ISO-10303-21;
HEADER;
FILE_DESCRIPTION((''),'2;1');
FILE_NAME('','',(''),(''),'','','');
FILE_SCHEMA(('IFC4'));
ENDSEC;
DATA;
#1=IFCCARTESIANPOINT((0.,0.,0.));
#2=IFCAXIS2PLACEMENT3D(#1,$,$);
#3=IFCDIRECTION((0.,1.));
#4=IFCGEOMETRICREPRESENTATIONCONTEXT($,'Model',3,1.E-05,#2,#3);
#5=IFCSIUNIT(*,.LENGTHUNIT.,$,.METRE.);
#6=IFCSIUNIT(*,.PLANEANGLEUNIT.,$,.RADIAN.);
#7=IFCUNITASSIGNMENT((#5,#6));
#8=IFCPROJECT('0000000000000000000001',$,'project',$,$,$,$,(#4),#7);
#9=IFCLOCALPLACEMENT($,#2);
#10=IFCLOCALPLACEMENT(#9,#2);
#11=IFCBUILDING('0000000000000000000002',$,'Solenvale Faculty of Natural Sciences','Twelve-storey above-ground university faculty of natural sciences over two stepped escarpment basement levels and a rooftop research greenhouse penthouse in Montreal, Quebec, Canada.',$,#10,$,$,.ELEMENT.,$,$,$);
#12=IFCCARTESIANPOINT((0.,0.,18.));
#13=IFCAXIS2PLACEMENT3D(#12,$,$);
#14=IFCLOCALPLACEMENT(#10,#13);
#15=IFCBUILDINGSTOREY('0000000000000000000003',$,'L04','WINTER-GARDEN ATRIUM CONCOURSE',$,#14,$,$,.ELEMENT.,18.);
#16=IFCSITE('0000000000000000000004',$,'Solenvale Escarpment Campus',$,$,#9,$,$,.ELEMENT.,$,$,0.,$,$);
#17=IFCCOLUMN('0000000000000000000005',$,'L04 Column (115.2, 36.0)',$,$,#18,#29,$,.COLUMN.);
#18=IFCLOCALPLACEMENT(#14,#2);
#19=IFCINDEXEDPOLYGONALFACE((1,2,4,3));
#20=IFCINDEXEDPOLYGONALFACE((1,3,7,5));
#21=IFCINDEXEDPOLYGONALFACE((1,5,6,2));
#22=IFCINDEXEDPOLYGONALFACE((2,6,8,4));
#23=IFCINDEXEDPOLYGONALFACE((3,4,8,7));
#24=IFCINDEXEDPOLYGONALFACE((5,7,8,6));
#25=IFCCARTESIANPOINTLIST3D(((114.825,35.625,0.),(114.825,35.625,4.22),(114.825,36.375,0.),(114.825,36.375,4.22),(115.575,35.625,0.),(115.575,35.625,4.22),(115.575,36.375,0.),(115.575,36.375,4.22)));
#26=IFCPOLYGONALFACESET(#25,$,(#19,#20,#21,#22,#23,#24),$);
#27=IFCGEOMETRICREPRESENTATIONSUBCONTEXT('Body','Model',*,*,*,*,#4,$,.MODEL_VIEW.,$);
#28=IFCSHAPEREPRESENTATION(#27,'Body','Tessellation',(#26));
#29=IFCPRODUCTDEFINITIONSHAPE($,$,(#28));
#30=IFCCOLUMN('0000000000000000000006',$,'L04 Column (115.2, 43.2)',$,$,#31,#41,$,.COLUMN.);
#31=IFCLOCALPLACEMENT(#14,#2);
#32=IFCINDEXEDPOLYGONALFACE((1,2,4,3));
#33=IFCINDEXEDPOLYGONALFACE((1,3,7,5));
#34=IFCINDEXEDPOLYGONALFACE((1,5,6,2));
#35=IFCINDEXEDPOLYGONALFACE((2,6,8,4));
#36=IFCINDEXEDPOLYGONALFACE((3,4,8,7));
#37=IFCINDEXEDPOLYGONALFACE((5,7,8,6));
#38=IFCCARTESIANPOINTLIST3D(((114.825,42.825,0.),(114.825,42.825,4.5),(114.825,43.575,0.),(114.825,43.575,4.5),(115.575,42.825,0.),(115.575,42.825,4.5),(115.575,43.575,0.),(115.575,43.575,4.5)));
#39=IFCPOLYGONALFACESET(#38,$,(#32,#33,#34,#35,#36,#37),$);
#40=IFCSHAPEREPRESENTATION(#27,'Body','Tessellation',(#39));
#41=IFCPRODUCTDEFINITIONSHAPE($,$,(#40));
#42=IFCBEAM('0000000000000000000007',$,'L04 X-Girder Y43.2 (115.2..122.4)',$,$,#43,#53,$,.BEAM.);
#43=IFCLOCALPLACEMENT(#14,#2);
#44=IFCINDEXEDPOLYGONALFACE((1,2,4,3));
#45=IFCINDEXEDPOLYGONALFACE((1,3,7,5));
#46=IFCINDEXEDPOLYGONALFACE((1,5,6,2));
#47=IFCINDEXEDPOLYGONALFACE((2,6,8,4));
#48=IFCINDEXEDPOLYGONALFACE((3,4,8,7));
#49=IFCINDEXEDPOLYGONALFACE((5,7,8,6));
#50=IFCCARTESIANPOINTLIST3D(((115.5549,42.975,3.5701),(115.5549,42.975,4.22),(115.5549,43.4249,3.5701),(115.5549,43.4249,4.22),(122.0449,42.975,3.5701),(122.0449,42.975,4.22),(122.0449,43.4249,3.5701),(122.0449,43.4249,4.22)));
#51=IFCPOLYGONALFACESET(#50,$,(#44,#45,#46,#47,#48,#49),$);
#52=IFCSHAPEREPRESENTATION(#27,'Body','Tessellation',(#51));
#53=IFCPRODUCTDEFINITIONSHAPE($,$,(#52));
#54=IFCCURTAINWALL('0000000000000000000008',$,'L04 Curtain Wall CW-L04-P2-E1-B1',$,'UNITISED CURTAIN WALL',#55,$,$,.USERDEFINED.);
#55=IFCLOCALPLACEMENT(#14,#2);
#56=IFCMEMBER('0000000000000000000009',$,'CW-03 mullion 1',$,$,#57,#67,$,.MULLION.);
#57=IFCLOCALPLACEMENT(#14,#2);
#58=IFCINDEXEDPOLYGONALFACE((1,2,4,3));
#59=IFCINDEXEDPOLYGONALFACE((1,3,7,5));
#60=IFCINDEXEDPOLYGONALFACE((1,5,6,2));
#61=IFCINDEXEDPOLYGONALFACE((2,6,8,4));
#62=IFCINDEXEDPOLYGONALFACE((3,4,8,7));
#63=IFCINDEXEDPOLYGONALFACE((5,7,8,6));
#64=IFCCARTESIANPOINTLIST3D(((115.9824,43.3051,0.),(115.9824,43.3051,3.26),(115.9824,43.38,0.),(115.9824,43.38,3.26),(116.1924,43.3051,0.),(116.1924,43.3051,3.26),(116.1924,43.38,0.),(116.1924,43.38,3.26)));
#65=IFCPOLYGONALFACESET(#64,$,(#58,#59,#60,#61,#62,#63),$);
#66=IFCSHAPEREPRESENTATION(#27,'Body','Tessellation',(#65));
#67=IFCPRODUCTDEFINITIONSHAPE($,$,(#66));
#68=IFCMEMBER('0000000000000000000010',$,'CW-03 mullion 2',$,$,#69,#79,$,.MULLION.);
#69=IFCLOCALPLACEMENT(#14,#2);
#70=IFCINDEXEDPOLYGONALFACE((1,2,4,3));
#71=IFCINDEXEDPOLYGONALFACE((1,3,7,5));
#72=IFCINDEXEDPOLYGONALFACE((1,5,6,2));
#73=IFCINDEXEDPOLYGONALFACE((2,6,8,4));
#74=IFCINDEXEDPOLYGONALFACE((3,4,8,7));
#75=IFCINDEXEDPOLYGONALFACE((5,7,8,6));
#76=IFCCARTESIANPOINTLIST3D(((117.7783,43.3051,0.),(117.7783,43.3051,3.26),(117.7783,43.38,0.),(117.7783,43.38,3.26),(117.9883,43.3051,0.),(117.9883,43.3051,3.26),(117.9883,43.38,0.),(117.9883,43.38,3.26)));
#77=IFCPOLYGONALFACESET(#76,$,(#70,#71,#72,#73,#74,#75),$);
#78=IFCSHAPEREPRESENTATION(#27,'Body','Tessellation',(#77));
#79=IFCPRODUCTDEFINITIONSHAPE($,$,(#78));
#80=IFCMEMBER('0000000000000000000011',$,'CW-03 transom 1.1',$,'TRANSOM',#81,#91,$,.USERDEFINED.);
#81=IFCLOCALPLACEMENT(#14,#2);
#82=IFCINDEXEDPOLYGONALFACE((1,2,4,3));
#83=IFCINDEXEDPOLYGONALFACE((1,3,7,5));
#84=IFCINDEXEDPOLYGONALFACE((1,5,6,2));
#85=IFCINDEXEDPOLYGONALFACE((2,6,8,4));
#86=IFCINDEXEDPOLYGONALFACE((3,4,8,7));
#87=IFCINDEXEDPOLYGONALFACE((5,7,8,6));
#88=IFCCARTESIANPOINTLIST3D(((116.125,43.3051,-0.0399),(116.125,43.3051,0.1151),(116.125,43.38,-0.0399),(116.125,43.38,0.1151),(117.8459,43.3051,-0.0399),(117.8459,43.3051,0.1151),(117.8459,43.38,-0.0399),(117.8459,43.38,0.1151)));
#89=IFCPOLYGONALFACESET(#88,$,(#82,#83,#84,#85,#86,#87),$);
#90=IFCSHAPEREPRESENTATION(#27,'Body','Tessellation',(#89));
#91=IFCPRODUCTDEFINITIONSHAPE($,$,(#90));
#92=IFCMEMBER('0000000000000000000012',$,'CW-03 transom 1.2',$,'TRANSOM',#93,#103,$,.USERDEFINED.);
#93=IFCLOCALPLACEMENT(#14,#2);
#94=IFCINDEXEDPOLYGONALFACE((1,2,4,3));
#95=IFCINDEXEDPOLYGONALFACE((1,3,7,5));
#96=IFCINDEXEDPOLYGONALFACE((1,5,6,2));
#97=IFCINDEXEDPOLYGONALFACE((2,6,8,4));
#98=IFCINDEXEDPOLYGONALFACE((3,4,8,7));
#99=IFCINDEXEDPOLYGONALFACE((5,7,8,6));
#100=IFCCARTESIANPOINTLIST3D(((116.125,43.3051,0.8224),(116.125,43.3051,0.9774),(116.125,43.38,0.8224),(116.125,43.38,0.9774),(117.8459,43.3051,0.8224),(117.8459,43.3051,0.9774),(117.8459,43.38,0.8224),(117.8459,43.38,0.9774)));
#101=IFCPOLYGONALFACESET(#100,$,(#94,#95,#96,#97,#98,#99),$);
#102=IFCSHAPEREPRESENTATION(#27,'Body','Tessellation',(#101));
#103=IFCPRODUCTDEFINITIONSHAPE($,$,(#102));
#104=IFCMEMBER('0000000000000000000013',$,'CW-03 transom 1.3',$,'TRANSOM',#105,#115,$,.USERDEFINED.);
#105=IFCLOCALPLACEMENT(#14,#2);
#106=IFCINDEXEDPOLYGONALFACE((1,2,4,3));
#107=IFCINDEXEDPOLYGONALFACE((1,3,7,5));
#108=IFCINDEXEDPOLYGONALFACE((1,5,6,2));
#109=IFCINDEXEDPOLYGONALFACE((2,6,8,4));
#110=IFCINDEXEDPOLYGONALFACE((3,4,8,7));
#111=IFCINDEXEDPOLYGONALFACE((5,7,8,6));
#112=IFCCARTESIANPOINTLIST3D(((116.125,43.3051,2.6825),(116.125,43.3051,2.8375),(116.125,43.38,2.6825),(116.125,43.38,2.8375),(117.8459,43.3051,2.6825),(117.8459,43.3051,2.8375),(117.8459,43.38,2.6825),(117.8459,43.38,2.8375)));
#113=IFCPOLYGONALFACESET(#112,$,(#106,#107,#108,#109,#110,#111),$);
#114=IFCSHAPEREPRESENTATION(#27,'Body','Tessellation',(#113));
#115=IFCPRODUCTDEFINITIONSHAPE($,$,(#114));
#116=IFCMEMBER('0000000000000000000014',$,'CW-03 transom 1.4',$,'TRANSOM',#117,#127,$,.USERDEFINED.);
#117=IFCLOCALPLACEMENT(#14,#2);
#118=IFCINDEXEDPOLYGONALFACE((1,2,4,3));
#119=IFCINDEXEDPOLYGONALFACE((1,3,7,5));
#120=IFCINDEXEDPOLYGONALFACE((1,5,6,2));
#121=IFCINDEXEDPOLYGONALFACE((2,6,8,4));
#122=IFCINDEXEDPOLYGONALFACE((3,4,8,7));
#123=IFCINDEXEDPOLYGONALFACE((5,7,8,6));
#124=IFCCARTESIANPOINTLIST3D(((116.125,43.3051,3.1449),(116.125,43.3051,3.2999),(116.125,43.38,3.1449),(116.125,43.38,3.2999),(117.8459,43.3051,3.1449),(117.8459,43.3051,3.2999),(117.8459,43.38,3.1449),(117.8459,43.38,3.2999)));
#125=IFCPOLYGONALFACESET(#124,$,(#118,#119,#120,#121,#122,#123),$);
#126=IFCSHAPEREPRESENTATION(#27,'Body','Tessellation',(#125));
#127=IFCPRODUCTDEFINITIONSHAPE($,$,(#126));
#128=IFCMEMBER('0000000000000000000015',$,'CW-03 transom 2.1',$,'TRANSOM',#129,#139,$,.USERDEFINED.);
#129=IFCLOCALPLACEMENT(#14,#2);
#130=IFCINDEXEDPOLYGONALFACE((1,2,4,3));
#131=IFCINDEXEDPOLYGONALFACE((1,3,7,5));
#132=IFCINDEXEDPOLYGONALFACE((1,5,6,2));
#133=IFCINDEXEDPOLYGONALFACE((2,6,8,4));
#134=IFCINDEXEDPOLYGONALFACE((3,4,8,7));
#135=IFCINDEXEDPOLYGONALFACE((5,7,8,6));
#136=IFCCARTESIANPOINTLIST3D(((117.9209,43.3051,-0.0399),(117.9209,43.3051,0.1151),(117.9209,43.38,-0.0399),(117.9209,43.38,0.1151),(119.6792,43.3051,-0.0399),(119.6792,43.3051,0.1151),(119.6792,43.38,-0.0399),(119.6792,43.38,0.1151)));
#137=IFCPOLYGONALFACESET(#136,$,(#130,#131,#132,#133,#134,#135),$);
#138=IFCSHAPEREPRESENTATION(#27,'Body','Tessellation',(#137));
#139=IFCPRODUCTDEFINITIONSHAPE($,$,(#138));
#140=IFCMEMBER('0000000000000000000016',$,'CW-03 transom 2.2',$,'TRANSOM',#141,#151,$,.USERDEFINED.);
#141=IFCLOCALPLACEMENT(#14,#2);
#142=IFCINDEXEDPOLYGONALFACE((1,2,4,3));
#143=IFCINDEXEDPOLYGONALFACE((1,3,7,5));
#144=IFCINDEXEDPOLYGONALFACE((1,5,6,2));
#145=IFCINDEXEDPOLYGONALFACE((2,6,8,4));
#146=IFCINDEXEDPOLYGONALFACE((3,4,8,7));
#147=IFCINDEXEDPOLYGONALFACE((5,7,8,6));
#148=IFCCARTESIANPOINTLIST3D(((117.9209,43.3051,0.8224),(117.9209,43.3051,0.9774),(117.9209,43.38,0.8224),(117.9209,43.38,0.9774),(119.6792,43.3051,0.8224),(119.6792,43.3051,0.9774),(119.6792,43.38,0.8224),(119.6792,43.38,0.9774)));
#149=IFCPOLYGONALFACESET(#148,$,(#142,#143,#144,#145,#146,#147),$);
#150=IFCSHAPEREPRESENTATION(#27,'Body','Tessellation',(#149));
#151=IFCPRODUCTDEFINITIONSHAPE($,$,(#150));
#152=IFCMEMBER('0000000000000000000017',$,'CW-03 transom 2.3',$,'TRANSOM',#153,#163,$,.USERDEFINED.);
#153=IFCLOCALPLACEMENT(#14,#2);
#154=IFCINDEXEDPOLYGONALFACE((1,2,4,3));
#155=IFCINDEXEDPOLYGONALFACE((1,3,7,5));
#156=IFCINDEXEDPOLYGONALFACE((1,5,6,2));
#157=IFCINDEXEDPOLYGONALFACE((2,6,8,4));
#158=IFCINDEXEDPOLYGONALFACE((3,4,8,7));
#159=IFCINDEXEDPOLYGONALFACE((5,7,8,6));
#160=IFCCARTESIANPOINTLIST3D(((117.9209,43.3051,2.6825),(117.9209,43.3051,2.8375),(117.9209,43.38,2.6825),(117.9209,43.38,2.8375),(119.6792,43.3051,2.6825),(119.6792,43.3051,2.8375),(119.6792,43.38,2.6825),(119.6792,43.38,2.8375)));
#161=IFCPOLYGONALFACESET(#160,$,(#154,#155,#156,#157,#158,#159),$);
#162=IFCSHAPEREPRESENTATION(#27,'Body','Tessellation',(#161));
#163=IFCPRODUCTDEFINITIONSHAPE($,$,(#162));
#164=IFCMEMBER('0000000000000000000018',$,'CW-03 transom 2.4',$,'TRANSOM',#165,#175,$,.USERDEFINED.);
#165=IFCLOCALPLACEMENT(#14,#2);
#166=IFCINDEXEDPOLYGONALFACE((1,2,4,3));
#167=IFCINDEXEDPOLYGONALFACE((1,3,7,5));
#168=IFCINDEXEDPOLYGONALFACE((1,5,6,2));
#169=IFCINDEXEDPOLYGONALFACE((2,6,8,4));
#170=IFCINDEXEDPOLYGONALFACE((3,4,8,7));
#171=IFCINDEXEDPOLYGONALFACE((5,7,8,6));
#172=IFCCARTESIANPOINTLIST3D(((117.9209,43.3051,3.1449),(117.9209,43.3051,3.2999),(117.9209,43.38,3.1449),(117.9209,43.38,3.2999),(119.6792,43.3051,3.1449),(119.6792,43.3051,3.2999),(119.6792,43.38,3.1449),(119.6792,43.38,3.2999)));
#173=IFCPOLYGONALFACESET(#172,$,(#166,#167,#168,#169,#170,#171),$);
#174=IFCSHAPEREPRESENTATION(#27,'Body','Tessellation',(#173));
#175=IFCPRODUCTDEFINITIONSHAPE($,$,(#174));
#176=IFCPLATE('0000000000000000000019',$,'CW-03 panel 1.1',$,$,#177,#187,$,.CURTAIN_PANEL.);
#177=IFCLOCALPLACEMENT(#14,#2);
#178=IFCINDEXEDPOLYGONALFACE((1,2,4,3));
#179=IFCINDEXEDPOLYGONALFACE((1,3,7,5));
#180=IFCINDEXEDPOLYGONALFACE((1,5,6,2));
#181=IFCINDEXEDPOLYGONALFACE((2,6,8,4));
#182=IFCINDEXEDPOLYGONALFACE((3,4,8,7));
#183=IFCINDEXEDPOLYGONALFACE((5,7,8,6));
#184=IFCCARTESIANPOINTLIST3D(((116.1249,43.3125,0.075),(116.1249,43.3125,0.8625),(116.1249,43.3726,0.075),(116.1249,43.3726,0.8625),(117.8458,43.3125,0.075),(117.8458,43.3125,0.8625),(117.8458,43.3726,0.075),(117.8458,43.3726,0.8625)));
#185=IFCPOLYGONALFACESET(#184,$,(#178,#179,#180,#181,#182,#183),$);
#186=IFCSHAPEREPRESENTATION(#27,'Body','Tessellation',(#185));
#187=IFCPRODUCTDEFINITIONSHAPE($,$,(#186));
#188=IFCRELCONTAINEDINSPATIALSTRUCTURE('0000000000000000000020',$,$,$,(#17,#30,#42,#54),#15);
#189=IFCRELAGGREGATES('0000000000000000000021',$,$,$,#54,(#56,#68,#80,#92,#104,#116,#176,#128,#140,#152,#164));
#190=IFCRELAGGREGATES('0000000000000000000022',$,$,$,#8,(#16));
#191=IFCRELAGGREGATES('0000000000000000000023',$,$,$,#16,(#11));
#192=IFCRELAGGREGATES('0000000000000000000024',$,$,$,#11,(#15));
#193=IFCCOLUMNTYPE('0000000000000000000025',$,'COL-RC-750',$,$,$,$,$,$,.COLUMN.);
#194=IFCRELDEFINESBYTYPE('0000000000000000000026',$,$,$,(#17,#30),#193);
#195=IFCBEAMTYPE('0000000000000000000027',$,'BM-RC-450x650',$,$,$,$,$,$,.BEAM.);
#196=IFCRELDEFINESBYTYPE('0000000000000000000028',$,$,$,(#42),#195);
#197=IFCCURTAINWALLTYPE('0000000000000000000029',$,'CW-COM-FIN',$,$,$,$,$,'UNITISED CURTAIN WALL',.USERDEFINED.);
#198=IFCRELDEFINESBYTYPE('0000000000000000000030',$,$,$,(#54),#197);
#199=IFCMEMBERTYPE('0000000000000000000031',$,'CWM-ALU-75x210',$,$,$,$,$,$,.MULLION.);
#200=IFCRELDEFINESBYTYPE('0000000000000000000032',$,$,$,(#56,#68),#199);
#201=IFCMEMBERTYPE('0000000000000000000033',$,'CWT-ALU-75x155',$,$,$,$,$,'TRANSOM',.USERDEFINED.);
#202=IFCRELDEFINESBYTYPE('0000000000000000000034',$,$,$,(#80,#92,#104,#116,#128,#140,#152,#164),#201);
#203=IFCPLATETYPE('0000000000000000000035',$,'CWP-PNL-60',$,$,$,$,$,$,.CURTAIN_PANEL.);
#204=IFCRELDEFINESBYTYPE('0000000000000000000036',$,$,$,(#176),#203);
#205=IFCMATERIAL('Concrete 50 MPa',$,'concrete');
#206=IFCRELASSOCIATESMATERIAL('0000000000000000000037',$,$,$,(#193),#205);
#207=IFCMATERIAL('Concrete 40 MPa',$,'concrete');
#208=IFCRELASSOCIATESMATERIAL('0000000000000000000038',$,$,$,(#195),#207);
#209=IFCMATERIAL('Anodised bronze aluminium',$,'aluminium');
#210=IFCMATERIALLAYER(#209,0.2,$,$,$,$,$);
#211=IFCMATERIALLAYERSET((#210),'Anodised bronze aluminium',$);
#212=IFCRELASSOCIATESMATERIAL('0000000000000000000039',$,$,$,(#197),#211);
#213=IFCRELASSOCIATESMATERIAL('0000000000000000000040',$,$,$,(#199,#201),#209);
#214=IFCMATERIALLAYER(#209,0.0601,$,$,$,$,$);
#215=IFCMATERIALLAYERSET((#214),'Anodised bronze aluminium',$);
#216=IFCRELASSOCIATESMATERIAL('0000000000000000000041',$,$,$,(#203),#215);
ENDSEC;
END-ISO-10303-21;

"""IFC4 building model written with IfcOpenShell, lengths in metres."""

from ifc_helpers import new_model, si_unit, direction, frame, origin, origin_2d, place, context, subcontext, project, spatial, rectangle, extrude, material, layer, layer_set, material_profile, profile_set, type_object, element, aggregate, save


model = new_model("IFC4")

# Units and contexts
model_context = context("Model", 3, precision=1e-05, world=origin(), true_north=direction((0.0, 1.0)))
body_context = subcontext(model_context, "Body", "Model", "MODEL_VIEW")
ifc_project = project(units=[si_unit("LENGTHUNIT", "METRE"), si_unit("PLANEANGLEUNIT", "RADIAN")], contexts=[model_context])

# Site, building, storey
site_placement = place(None, origin())
site = spatial("IfcSite", under=ifc_project, at=site_placement, Name="Solenvale Escarpment Campus", CompositionType="ELEMENT", RefElevation=0.0)
building_placement = place(site_placement, origin())
building = spatial("IfcBuilding", under=site, at=building_placement, Name="Solenvale Faculty of Natural Sciences", Description="Twelve-storey above-ground university faculty of natural sciences over two stepped escarpment basement levels and a rooftop research greenhouse penthouse in Montreal, Quebec, Canada.", CompositionType="ELEMENT")
storey_placement = place(building_placement, frame((0.0, 0.0, 18.0)))
storey = spatial("IfcBuildingStorey", under=building, at=storey_placement, Name="L04", Description="WINTER-GARDEN ATRIUM CONCOURSE", CompositionType="ELEMENT", Elevation=18.0)

# Columns
ifc_material_1 = material(Name="Concrete 50 MPa", Category="concrete")
ifc_material_profile_1 = material_profile(ifc_material_1, rectangle(XDim=0.75, YDim=0.75, at=origin_2d()), Name="RC-COL-750x750")
ifc_profile_set_1 = profile_set([ifc_material_profile_1], Name="Concrete 50 MPa")
column_type = type_object("IfcColumnType", Name="COL-RC-750", PredefinedType="COLUMN", material=ifc_profile_set_1)
column_1_placement = place(storey_placement, frame((115.2, 36.0, 0.0), z_axis=(0.0, 0.0, 1.0), x_axis=(1.0, 0.0, 0.0)))
element("IfcColumn", 1, at=column_1_placement, inside=storey, type_object=column_type, Name="L04 Column (115.2, 36.0)", PredefinedType="COLUMN", context=body_context, shape_type="SweptSolid", body=[
    extrude(rectangle(XDim=0.75, YDim=0.75, at=origin_2d()), origin(), (0.0, 0.0, 1.0), 4.22),
])
column_2_placement = place(storey_placement, frame((115.2, 43.2, 0.0), z_axis=(0.0, 0.0, 1.0), x_axis=(1.0, 0.0, 0.0)))
element("IfcColumn", 2, at=column_2_placement, inside=storey, type_object=column_type, Name="L04 Column (115.2, 43.2)", PredefinedType="COLUMN", context=body_context, shape_type="SweptSolid", body=[
    extrude(rectangle(XDim=0.75, YDim=0.75, at=origin_2d()), origin(), (0.0, 0.0, 1.0), 4.5),
])

# Beam
ifc_material_2 = material(Name="Concrete 40 MPa", Category="concrete")
ifc_material_profile_2 = material_profile(ifc_material_2, rectangle(XDim=0.45, YDim=0.6499, at=origin_2d()), Name="RC-BM-450x650")
ifc_profile_set_2 = profile_set([ifc_material_profile_2], Name="Concrete 40 MPa")
beam_type = type_object("IfcBeamType", Name="BM-RC-450x650", PredefinedType="BEAM", material=ifc_profile_set_2)
beam_placement = place(storey_placement, frame((115.5549, 43.2, 3.895), z_axis=(1.0, 0.0, 0.0), x_axis=(0.0, 1.0, 0.0)))
element("IfcBeam", 3, at=beam_placement, inside=storey, type_object=beam_type, Name="L04 X-Girder Y43.2 (115.2..122.4)", PredefinedType="BEAM", context=body_context, shape_type="SweptSolid", body=[
    extrude(rectangle(XDim=0.45, YDim=0.6499, at=origin_2d()), origin(), (0.0, 0.0, 1.0), 6.49),
])

# Curtain wall, members, plate
ifc_material_3 = material(Name="Anodised bronze aluminium", Category="aluminium")
ifc_layer_1 = layer(ifc_material_3, 0.2)
ifc_layer_set_1 = layer_set([ifc_layer_1], Name="Anodised bronze aluminium")
curtain_wall_type = type_object("IfcCurtainWallType", Name="CW-COM-FIN", ElementType="UNITISED CURTAIN WALL", PredefinedType="USERDEFINED", material=ifc_layer_set_1)
curtain_wall_placement = place(storey_placement, origin())
curtain_wall = element("IfcCurtainWall", 4, at=curtain_wall_placement, inside=storey, type_object=curtain_wall_type, Name="L04 Curtain Wall CW-L04-P2-E1-B1", ObjectType="UNITISED CURTAIN WALL", PredefinedType="USERDEFINED")
ifc_material_profile_3 = material_profile(ifc_material_3, rectangle(XDim=0.075, YDim=0.21, at=origin_2d()), Name="ALU-MUL-75x210")
ifc_profile_set_3 = profile_set([ifc_material_profile_3], Name="Anodised bronze aluminium")
member_type_1 = type_object("IfcMemberType", Name="CWM-ALU-75x210", PredefinedType="MULLION", material=ifc_profile_set_3)
member_1_placement = place(storey_placement, frame((116.0874, 43.3425, 0.0), z_axis=(0.0, 0.0, 1.0), x_axis=(0.0, 1.0, 0.0)))
member_1 = element("IfcMember", 5, at=member_1_placement, type_object=member_type_1, Name="CW-03 mullion 1", PredefinedType="MULLION", context=body_context, shape_type="SweptSolid", body=[
    extrude(rectangle(XDim=0.075, YDim=0.21, at=origin_2d()), origin(), (0.0, 0.0, 1.0), 3.26),
])
member_2_placement = place(storey_placement, frame((117.8833, 43.3425, 0.0), z_axis=(0.0, 0.0, 1.0), x_axis=(0.0, 1.0, 0.0)))
member_2 = element("IfcMember", 6, at=member_2_placement, type_object=member_type_1, Name="CW-03 mullion 2", PredefinedType="MULLION", context=body_context, shape_type="SweptSolid", body=[
    extrude(rectangle(XDim=0.075, YDim=0.21, at=origin_2d()), origin(), (0.0, 0.0, 1.0), 3.26),
])
ifc_material_profile_4 = material_profile(ifc_material_3, rectangle(XDim=0.075, YDim=0.155, at=origin_2d()), Name="ALU-TRN-75x155")
ifc_profile_set_4 = profile_set([ifc_material_profile_4], Name="Anodised bronze aluminium")
member_type_2 = type_object("IfcMemberType", Name="CWT-ALU-75x155", ElementType="TRANSOM", PredefinedType="USERDEFINED", material=ifc_profile_set_4)
member_3_placement = place(storey_placement, frame((116.125, 43.3425, 0.0376), z_axis=(1.0, 0.0, 0.0), x_axis=(0.0, 1.0, 0.0)))
member_3 = element("IfcMember", 7, at=member_3_placement, type_object=member_type_2, Name="CW-03 transom 1.1", ObjectType="TRANSOM", PredefinedType="USERDEFINED", context=body_context, shape_type="SweptSolid", body=[
    extrude(rectangle(XDim=0.075, YDim=0.155, at=origin_2d()), origin(), (0.0, 0.0, 1.0), 1.7209),
])
member_4_placement = place(storey_placement, frame((116.125, 43.3425, 0.8999), z_axis=(1.0, 0.0, 0.0), x_axis=(0.0, 1.0, 0.0)))
member_4 = element("IfcMember", 8, at=member_4_placement, type_object=member_type_2, Name="CW-03 transom 1.2", ObjectType="TRANSOM", PredefinedType="USERDEFINED", context=body_context, shape_type="SweptSolid", body=[
    extrude(rectangle(XDim=0.075, YDim=0.155, at=origin_2d()), origin(), (0.0, 0.0, 1.0), 1.7209),
])
member_5_placement = place(storey_placement, frame((116.125, 43.3425, 2.76), z_axis=(1.0, 0.0, 0.0), x_axis=(0.0, 1.0, 0.0)))
member_5 = element("IfcMember", 9, at=member_5_placement, type_object=member_type_2, Name="CW-03 transom 1.3", ObjectType="TRANSOM", PredefinedType="USERDEFINED", context=body_context, shape_type="SweptSolid", body=[
    extrude(rectangle(XDim=0.075, YDim=0.155, at=origin_2d()), origin(), (0.0, 0.0, 1.0), 1.7209),
])
member_6_placement = place(storey_placement, frame((116.125, 43.3425, 3.2224), z_axis=(1.0, 0.0, 0.0), x_axis=(0.0, 1.0, 0.0)))
member_6 = element("IfcMember", 10, at=member_6_placement, type_object=member_type_2, Name="CW-03 transom 1.4", ObjectType="TRANSOM", PredefinedType="USERDEFINED", context=body_context, shape_type="SweptSolid", body=[
    extrude(rectangle(XDim=0.075, YDim=0.155, at=origin_2d()), origin(), (0.0, 0.0, 1.0), 1.7209),
])
member_7_placement = place(storey_placement, frame((117.9209, 43.3425, 0.0376), z_axis=(1.0, 0.0, 0.0), x_axis=(0.0, 1.0, 0.0)))
member_7 = element("IfcMember", 11, at=member_7_placement, type_object=member_type_2, Name="CW-03 transom 2.1", ObjectType="TRANSOM", PredefinedType="USERDEFINED", context=body_context, shape_type="SweptSolid", body=[
    extrude(rectangle(XDim=0.075, YDim=0.155, at=origin_2d()), origin(), (0.0, 0.0, 1.0), 1.7583),
])
member_8_placement = place(storey_placement, frame((117.9209, 43.3425, 0.8999), z_axis=(1.0, 0.0, 0.0), x_axis=(0.0, 1.0, 0.0)))
member_8 = element("IfcMember", 12, at=member_8_placement, type_object=member_type_2, Name="CW-03 transom 2.2", ObjectType="TRANSOM", PredefinedType="USERDEFINED", context=body_context, shape_type="SweptSolid", body=[
    extrude(rectangle(XDim=0.075, YDim=0.155, at=origin_2d()), origin(), (0.0, 0.0, 1.0), 1.7583),
])
member_9_placement = place(storey_placement, frame((117.9209, 43.3425, 2.76), z_axis=(1.0, 0.0, 0.0), x_axis=(0.0, 1.0, 0.0)))
member_9 = element("IfcMember", 13, at=member_9_placement, type_object=member_type_2, Name="CW-03 transom 2.3", ObjectType="TRANSOM", PredefinedType="USERDEFINED", context=body_context, shape_type="SweptSolid", body=[
    extrude(rectangle(XDim=0.075, YDim=0.155, at=origin_2d()), origin(), (0.0, 0.0, 1.0), 1.7583),
])
member_10_placement = place(storey_placement, frame((117.9209, 43.3425, 3.2224), z_axis=(1.0, 0.0, 0.0), x_axis=(0.0, 1.0, 0.0)))
member_10 = element("IfcMember", 14, at=member_10_placement, type_object=member_type_2, Name="CW-03 transom 2.4", ObjectType="TRANSOM", PredefinedType="USERDEFINED", context=body_context, shape_type="SweptSolid", body=[
    extrude(rectangle(XDim=0.075, YDim=0.155, at=origin_2d()), origin(), (0.0, 0.0, 1.0), 1.7583),
])
ifc_layer_2 = layer(ifc_material_3, 0.0601)
ifc_layer_set_2 = layer_set([ifc_layer_2], Name="Anodised bronze aluminium")
plate_type = type_object("IfcPlateType", Name="CWP-PNL-60", PredefinedType="CURTAIN_PANEL", material=ifc_layer_set_2)
plate_1_placement = place(storey_placement, frame((116.9854, 43.3425, 0.075), z_axis=(0.0, 0.0, 1.0), x_axis=(1.0, 0.0, 0.0)))
plate_1 = element("IfcPlate", 15, at=plate_1_placement, type_object=plate_type, Name="CW-03 panel 1.1", PredefinedType="CURTAIN_PANEL", context=body_context, shape_type="SweptSolid", body=[
    extrude(rectangle(XDim=1.7209, YDim=0.0601, at=origin_2d()), origin(), (0.0, 0.0, 1.0), 0.7876),
])
aggregate(curtain_wall, [member_1, member_2, member_3, member_4, member_5, member_6, plate_1, member_7, member_8, member_9, member_10])

save(model, "model.ifc")
